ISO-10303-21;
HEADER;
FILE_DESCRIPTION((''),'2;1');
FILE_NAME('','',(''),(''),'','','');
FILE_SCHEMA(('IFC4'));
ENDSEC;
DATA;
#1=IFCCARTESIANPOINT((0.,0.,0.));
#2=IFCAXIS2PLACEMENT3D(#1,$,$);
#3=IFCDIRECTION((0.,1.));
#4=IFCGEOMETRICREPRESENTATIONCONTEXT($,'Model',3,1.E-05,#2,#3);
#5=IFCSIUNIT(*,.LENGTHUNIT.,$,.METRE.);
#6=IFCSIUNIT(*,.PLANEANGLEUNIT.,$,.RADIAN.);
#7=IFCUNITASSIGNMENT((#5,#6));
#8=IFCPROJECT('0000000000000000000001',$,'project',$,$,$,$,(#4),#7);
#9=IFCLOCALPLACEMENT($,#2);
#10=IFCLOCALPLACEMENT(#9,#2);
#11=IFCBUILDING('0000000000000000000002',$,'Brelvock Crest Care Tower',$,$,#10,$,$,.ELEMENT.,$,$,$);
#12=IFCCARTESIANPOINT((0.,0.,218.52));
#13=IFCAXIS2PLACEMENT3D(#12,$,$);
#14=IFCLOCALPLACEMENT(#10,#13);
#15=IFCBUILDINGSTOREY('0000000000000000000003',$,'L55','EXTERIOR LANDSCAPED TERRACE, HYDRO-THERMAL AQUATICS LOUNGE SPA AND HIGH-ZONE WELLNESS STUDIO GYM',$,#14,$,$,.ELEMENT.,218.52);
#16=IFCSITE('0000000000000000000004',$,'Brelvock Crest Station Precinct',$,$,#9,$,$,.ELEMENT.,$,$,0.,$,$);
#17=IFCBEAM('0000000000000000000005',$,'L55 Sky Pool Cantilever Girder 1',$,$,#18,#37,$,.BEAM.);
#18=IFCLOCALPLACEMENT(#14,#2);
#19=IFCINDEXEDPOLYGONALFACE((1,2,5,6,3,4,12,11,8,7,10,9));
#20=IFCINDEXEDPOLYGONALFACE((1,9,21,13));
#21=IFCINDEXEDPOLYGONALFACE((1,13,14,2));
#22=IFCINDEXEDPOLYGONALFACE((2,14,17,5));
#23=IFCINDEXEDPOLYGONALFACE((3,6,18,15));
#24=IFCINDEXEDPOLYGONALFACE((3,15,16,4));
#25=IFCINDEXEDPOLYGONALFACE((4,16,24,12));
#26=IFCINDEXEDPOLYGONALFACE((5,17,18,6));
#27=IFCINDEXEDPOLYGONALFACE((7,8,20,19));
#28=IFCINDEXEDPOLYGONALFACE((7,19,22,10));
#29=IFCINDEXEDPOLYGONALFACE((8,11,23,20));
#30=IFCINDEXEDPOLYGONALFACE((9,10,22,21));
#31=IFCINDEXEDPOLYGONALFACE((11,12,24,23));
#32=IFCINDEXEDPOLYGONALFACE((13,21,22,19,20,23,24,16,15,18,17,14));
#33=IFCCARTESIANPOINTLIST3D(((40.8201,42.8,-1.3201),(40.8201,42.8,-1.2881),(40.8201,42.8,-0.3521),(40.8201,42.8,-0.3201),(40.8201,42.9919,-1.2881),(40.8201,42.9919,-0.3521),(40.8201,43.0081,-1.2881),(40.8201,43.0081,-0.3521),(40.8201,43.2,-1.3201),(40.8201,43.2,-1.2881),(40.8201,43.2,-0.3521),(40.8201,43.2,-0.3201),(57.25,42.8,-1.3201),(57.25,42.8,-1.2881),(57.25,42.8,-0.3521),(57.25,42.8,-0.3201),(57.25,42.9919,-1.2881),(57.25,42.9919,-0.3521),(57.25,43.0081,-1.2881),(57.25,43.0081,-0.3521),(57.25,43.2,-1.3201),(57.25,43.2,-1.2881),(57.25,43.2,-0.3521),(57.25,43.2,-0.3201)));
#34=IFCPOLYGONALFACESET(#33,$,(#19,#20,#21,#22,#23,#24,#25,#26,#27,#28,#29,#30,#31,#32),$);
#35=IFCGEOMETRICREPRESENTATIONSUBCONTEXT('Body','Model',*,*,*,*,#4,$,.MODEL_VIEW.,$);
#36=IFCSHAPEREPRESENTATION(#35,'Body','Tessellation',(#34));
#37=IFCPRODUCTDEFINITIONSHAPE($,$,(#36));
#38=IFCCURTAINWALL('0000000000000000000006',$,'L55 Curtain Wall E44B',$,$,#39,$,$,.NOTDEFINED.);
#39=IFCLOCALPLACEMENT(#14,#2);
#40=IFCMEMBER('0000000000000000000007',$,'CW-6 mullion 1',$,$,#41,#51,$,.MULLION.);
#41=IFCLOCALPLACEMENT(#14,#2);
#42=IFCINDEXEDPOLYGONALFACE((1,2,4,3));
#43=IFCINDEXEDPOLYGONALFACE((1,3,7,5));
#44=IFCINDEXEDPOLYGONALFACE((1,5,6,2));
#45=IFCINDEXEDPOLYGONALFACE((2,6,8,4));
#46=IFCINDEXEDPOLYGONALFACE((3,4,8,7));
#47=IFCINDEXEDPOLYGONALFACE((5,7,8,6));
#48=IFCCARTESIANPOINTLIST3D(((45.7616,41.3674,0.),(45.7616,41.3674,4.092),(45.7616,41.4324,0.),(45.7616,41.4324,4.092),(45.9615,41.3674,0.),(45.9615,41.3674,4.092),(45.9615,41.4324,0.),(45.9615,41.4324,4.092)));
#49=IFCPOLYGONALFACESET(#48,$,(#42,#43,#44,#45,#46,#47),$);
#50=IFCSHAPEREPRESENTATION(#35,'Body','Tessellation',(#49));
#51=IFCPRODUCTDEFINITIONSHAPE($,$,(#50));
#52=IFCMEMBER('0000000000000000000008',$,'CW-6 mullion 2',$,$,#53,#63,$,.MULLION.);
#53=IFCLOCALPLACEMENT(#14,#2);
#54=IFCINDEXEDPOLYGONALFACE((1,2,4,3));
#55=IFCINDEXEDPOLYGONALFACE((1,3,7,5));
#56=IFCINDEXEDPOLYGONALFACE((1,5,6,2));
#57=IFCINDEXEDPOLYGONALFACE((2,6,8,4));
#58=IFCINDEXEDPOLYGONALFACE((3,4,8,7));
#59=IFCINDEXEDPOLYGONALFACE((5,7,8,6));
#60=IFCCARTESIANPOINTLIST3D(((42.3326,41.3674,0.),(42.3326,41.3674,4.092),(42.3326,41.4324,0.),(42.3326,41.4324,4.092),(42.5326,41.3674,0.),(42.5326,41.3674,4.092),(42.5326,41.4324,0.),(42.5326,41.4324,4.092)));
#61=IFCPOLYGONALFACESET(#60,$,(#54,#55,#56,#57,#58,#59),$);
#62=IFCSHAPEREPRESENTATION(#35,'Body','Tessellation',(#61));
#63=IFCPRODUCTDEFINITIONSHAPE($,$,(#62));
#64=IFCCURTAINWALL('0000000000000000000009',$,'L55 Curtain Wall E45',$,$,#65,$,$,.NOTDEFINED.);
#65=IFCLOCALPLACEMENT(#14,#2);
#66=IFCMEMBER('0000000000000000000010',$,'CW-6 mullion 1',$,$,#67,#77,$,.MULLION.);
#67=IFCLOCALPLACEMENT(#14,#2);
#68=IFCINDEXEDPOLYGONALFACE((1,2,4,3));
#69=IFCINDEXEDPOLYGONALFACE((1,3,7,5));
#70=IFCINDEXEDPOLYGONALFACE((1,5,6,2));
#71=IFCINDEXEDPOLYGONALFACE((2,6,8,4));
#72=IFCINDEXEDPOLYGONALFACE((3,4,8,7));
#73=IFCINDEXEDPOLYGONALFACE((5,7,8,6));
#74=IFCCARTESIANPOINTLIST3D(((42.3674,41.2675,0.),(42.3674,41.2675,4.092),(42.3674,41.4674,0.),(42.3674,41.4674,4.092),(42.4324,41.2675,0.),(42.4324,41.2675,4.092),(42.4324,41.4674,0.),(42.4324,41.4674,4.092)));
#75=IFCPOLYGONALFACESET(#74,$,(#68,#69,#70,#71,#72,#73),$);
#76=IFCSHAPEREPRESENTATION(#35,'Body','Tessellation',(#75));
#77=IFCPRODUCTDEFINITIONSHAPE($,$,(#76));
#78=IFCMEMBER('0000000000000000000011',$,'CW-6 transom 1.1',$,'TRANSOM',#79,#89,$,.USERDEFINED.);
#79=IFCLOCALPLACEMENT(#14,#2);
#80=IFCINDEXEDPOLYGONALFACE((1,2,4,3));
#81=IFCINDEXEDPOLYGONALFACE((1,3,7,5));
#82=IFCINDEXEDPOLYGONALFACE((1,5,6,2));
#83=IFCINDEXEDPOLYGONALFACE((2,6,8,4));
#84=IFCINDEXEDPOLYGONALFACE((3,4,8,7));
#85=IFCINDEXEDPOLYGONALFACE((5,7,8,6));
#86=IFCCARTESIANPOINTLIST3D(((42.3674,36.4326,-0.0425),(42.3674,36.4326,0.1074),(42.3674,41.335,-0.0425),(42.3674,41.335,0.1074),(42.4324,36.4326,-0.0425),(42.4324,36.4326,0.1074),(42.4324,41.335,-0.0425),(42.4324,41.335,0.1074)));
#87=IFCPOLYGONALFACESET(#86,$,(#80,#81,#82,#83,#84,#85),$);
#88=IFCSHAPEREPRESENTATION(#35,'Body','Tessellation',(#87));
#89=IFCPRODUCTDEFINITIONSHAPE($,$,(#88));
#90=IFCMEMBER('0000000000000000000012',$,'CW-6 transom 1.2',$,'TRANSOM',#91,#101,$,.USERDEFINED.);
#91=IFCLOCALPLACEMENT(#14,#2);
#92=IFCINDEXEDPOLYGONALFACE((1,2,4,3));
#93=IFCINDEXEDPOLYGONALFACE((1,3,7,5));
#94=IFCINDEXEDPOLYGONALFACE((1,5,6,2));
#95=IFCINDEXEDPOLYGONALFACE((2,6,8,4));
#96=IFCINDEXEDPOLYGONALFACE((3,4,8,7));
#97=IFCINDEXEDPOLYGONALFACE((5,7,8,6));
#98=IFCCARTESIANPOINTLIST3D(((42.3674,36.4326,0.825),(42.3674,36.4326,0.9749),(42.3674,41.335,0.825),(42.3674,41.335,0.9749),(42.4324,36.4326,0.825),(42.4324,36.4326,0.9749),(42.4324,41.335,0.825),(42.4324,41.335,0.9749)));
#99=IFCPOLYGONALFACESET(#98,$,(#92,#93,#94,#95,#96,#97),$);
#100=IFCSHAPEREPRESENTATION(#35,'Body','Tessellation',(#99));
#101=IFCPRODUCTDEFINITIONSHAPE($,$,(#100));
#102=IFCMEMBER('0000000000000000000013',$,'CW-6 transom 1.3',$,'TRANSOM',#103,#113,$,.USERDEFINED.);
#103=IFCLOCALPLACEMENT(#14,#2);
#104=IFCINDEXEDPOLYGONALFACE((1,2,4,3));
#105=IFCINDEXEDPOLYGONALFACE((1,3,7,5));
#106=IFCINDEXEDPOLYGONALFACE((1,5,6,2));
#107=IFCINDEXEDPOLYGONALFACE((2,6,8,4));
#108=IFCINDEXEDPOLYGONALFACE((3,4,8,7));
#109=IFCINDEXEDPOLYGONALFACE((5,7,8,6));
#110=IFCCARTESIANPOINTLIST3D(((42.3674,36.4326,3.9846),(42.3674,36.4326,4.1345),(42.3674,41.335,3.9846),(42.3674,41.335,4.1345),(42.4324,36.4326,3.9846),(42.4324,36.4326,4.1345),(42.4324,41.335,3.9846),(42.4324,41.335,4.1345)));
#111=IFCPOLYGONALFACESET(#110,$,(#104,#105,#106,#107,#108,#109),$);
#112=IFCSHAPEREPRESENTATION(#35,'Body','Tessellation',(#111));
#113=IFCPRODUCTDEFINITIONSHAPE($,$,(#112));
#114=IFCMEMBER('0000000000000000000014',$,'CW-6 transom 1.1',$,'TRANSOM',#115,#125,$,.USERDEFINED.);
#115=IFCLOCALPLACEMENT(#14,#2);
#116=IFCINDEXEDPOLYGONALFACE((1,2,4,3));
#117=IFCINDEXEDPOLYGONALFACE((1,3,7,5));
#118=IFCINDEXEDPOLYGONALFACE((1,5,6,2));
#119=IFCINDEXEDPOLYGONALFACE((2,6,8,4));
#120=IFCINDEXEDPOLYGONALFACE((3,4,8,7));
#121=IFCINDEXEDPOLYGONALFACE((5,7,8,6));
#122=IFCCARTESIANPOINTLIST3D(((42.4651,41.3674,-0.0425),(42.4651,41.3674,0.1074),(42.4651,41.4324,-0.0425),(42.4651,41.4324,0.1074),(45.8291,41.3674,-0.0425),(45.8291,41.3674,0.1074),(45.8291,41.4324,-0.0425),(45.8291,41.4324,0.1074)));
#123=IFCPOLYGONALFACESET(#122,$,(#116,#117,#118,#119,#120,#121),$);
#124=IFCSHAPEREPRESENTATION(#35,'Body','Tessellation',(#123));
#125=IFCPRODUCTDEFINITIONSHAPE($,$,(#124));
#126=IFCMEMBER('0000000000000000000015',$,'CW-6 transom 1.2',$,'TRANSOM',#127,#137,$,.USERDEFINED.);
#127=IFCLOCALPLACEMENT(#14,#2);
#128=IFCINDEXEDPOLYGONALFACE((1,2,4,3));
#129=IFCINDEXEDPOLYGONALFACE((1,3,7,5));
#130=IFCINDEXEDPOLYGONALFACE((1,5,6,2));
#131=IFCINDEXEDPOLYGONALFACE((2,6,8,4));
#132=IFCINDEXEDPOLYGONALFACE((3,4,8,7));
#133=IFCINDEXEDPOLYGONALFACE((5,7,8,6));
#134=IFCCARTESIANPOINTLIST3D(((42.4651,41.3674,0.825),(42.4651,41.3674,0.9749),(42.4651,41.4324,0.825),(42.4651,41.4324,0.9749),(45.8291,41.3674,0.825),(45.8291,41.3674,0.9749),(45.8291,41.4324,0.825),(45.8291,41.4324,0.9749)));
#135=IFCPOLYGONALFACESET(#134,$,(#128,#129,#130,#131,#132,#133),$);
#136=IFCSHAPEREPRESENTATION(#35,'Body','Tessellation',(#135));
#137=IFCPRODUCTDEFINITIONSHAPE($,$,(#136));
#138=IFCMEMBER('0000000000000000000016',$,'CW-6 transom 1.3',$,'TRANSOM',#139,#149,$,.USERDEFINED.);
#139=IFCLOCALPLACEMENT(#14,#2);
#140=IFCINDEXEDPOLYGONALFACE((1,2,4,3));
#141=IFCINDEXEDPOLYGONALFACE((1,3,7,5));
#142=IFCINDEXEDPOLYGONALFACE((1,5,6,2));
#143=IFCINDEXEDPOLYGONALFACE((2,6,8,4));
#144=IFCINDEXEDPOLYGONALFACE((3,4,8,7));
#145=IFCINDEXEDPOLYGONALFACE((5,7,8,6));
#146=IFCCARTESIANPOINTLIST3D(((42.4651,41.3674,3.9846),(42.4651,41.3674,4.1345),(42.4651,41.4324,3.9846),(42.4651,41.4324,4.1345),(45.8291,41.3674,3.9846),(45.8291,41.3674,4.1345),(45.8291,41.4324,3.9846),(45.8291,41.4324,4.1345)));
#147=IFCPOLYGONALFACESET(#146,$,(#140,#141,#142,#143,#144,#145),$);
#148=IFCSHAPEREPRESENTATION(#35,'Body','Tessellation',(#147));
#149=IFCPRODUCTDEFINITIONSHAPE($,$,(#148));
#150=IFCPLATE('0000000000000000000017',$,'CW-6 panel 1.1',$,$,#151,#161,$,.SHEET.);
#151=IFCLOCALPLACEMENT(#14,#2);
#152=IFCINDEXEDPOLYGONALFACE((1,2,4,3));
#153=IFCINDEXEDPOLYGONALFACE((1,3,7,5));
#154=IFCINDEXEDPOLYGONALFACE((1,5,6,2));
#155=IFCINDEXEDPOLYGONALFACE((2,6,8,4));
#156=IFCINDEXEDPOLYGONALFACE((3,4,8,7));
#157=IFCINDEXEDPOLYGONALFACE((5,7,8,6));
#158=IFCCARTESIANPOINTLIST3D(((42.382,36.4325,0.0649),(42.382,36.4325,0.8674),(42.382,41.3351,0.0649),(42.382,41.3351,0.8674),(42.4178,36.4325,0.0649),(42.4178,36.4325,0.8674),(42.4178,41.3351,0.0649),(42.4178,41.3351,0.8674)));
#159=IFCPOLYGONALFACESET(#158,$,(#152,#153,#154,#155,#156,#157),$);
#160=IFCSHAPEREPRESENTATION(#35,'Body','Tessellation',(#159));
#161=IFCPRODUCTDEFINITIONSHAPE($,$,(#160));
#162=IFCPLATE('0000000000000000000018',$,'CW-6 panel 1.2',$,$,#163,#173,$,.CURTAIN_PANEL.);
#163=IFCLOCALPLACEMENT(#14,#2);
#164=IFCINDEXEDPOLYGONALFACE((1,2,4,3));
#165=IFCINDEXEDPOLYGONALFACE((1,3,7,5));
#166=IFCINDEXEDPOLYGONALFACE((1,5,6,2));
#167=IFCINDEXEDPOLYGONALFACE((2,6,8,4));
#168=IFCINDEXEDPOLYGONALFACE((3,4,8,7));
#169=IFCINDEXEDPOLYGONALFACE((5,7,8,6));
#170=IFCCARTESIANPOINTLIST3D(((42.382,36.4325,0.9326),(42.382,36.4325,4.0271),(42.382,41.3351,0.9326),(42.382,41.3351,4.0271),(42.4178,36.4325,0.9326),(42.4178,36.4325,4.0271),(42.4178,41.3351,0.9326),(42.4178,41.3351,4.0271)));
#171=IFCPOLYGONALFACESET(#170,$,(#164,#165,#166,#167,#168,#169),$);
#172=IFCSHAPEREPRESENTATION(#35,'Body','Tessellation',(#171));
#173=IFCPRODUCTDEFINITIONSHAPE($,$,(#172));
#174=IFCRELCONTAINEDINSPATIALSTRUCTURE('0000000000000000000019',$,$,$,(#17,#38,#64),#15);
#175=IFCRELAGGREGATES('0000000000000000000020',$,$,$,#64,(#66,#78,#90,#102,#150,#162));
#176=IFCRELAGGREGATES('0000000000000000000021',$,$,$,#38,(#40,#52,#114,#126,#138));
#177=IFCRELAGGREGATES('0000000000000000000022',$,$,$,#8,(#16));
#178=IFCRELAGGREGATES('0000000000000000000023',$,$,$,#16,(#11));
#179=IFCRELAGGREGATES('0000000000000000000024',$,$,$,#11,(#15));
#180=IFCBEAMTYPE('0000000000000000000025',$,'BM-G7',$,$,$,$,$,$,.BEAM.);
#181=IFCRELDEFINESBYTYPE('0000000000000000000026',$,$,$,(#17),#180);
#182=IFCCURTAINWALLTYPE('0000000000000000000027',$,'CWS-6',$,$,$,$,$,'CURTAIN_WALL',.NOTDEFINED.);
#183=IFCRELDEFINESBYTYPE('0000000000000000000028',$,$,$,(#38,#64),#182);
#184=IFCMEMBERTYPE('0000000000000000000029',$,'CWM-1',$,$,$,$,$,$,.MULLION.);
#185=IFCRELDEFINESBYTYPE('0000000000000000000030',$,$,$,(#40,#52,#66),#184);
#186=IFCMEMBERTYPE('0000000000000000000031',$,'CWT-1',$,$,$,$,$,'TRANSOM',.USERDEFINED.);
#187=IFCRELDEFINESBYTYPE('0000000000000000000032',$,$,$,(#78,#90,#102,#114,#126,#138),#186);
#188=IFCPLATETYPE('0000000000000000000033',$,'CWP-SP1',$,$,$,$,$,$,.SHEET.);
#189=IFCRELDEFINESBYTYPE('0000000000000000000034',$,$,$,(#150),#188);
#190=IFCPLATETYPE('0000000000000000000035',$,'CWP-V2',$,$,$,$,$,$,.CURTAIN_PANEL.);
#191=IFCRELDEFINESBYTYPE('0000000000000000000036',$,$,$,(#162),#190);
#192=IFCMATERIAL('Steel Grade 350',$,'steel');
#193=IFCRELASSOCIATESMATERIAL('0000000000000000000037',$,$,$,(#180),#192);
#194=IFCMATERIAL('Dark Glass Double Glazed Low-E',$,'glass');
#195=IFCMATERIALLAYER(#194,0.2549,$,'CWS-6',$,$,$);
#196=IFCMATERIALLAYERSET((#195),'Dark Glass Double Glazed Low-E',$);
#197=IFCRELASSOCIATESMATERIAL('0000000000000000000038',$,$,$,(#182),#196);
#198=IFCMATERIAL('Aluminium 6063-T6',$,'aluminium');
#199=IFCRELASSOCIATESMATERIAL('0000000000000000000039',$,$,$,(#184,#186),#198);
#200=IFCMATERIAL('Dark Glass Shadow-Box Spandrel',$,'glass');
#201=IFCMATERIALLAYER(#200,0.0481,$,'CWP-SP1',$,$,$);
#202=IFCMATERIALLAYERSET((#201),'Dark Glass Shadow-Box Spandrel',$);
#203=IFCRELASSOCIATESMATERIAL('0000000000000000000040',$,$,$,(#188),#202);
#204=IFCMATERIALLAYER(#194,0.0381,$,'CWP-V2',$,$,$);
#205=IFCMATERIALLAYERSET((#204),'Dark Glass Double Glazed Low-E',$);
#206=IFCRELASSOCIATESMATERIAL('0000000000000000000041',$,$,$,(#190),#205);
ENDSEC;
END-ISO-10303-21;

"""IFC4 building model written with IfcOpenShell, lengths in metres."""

from ifc_helpers import new_model, si_unit, direction, frame, origin, origin_2d, place, context, subcontext, project, spatial, rectangle, i_section, extrude, source, transform, mapped, material, layer, layer_set, material_profile, profile_set, type_object, element, aggregate, save


model = new_model("IFC4")

# Units and contexts
model_context = context("Model", 3, precision=1e-05, world=origin(), true_north=direction((0.0, 1.0)))
body_context = subcontext(model_context, "Body", "Model", "MODEL_VIEW")
ifc_project = project(units=[si_unit("LENGTHUNIT", "METRE"), si_unit("PLANEANGLEUNIT", "RADIAN")], contexts=[model_context])

# Site, building, storey
site_placement = place(None, origin())
site = spatial("IfcSite", under=ifc_project, at=site_placement, Name="Brelvock Crest Station Precinct", CompositionType="ELEMENT", RefElevation=0.0)
building_placement = place(site_placement, origin())
building = spatial("IfcBuilding", under=site, at=building_placement, Name="Brelvock Crest Care Tower", CompositionType="ELEMENT")
storey_placement = place(building_placement, frame((0.0, 0.0, 218.52)))
storey = spatial("IfcBuildingStorey", under=building, at=storey_placement, Name="L55", Description="EXTERIOR LANDSCAPED TERRACE, HYDRO-THERMAL AQUATICS LOUNGE SPA AND HIGH-ZONE WELLNESS STUDIO GYM", CompositionType="ELEMENT", Elevation=218.52)

# Shared definitions
ifc_material_1 = material(Name="Steel Grade 350", Category="steel")

# Beam
ifc_material_profile_1 = material_profile(ifc_material_1, i_section(OverallWidth=0.3999, OverallDepth=1.0, WebThickness=0.0161, FlangeThickness=0.032, at=origin_2d()), Name="1000WB322")
ifc_profile_set_1 = profile_set([ifc_material_profile_1], Name="Steel Grade 350")
beam_type = type_object("IfcBeamType", Name="BM-G7", PredefinedType="BEAM", material=ifc_profile_set_1)
shared_shape_1 = source(origin(), body_context, "Body", "SweptSolid", [
    extrude(i_section(OverallWidth=0.3999, OverallDepth=1.0, WebThickness=0.0161, FlangeThickness=0.032, at=origin_2d()), origin(), (0.0, 0.0, 1.0), 16.4299),
])
beam_placement = place(storey_placement, frame((40.8201, 43.0, -0.8201), z_axis=(1.0, 0.0, 0.0), x_axis=(0.0, 1.0, 0.0)))
element("IfcBeam", 1, at=beam_placement, inside=storey, type_object=beam_type, Name="L55 Sky Pool Cantilever Girder 1", PredefinedType="BEAM", context=body_context, shape_type="MappedRepresentation", body=[
    mapped(shared_shape_1, transform((0.0, 0.0, 0.0), x_axis=(1.0, 0.0, 0.0), y_axis=(0.0, 1.0, 0.0), z_axis=(0.0, 0.0, 1.0), scale=1.0)),
])

# Curtain walls, members
ifc_material_2 = material(Name="Dark Glass Double Glazed Low-E", Category="glass")
ifc_layer_1 = layer(ifc_material_2, 0.2549, Name="CWS-6")
ifc_layer_set_1 = layer_set([ifc_layer_1], Name="Dark Glass Double Glazed Low-E")
curtain_wall_type = type_object("IfcCurtainWallType", Name="CWS-6", ElementType="CURTAIN_WALL", PredefinedType="NOTDEFINED", material=ifc_layer_set_1)
curtain_wall_1_placement = place(storey_placement, origin())
curtain_wall_1 = element("IfcCurtainWall", 2, at=curtain_wall_1_placement, inside=storey, type_object=curtain_wall_type, Name="L55 Curtain Wall E44B", PredefinedType="NOTDEFINED")
ifc_material_3 = material(Name="Aluminium 6063-T6", Category="aluminium")
ifc_material_profile_2 = material_profile(ifc_material_3, rectangle(XDim=0.0649, YDim=0.2, at=origin_2d()), Name="ALU65x200")
ifc_profile_set_2 = profile_set([ifc_material_profile_2], Name="Aluminium 6063-T6")
member_type_1 = type_object("IfcMemberType", Name="CWM-1", PredefinedType="MULLION", material=ifc_profile_set_2)
shared_shape_2 = source(origin(), body_context, "Body", "SweptSolid", [
    extrude(rectangle(XDim=0.0649, YDim=0.2, at=origin_2d()), origin(), (0.0, 0.0, 1.0), 4.092),
])
member_1_placement = place(storey_placement, frame((45.8616, 41.3999, 0.0), z_axis=(0.0, 0.0, 1.0), x_axis=(0.0, -1.0, 0.0)))
member_1 = element("IfcMember", 3, at=member_1_placement, type_object=member_type_1, Name="CW-6 mullion 1", PredefinedType="MULLION", context=body_context, shape_type="MappedRepresentation", body=[
    mapped(shared_shape_2, transform((0.0, 0.0, 0.0), x_axis=(1.0, 0.0, 0.0), y_axis=(0.0, 1.0, 0.0), z_axis=(0.0, 0.0, 1.0), scale=1.0)),
])
member_2_placement = place(storey_placement, frame((42.4326, 41.3999, 0.0), z_axis=(0.0, 0.0, 1.0), x_axis=(0.0, -1.0, 0.0)))
member_2 = element("IfcMember", 4, at=member_2_placement, type_object=member_type_1, Name="CW-6 mullion 2", PredefinedType="MULLION", context=body_context, shape_type="MappedRepresentation", body=[
    mapped(shared_shape_2, transform((0.0, 0.0, 0.0), x_axis=(1.0, 0.0, 0.0), y_axis=(0.0, 1.0, 0.0), z_axis=(0.0, 0.0, 1.0), scale=1.0)),
])
curtain_wall_2_placement = place(storey_placement, origin())
curtain_wall_2 = element("IfcCurtainWall", 5, at=curtain_wall_2_placement, inside=storey, type_object=curtain_wall_type, Name="L55 Curtain Wall E45", PredefinedType="NOTDEFINED")
member_3_placement = place(storey_placement, frame((42.3999, 41.3674, 0.0), z_axis=(0.0, 0.0, 1.0), x_axis=(1.0, 0.0, 0.0)))
member_3 = element("IfcMember", 6, at=member_3_placement, type_object=member_type_1, Name="CW-6 mullion 1", PredefinedType="MULLION", context=body_context, shape_type="MappedRepresentation", body=[
    mapped(shared_shape_2, transform((0.0, 0.0, 0.0), x_axis=(1.0, 0.0, 0.0), y_axis=(0.0, 1.0, 0.0), z_axis=(0.0, 0.0, 1.0), scale=1.0)),
])
ifc_material_profile_3 = material_profile(ifc_material_3, rectangle(XDim=0.0649, YDim=0.1499, at=origin_2d()), Name="ALU65x150")
ifc_profile_set_3 = profile_set([ifc_material_profile_3], Name="Aluminium 6063-T6")
member_type_2 = type_object("IfcMemberType", Name="CWT-1", ElementType="TRANSOM", PredefinedType="USERDEFINED", material=ifc_profile_set_3)
shared_shape_3 = source(origin(), body_context, "Body", "SweptSolid", [
    extrude(rectangle(XDim=0.0649, YDim=0.1499, at=origin_2d()), origin(), (0.0, 0.0, 1.0), 4.9023),
])
member_4_placement = place(storey_placement, frame((42.3999, 41.335, 0.0325), z_axis=(0.0, -1.0, 0.0), x_axis=(1.0, 0.0, 0.0)))
member_4 = element("IfcMember", 7, at=member_4_placement, type_object=member_type_2, Name="CW-6 transom 1.1", ObjectType="TRANSOM", PredefinedType="USERDEFINED", context=body_context, shape_type="MappedRepresentation", body=[
    mapped(shared_shape_3, transform((0.0, 0.0, 0.0), x_axis=(1.0, 0.0, 0.0), y_axis=(0.0, 1.0, 0.0), z_axis=(0.0, 0.0, 1.0), scale=1.0)),
])
member_5_placement = place(storey_placement, frame((42.3999, 41.335, 0.8999), z_axis=(0.0, -1.0, 0.0), x_axis=(1.0, 0.0, 0.0)))
member_5 = element("IfcMember", 8, at=member_5_placement, type_object=member_type_2, Name="CW-6 transom 1.2", ObjectType="TRANSOM", PredefinedType="USERDEFINED", context=body_context, shape_type="MappedRepresentation", body=[
    mapped(shared_shape_3, transform((0.0, 0.0, 0.0), x_axis=(1.0, 0.0, 0.0), y_axis=(0.0, 1.0, 0.0), z_axis=(0.0, 0.0, 1.0), scale=1.0)),
])
member_6_placement = place(storey_placement, frame((42.3999, 41.335, 4.0596), z_axis=(0.0, -1.0, 0.0), x_axis=(1.0, 0.0, 0.0)))
member_6 = element("IfcMember", 9, at=member_6_placement, type_object=member_type_2, Name="CW-6 transom 1.3", ObjectType="TRANSOM", PredefinedType="USERDEFINED", context=body_context, shape_type="MappedRepresentation", body=[
    mapped(shared_shape_3, transform((0.0, 0.0, 0.0), x_axis=(1.0, 0.0, 0.0), y_axis=(0.0, 1.0, 0.0), z_axis=(0.0, 0.0, 1.0), scale=1.0)),
])

# Members
shared_shape_4 = source(origin(), body_context, "Body", "SweptSolid", [
    extrude(rectangle(XDim=0.0649, YDim=0.1499, at=origin_2d()), origin(), (0.0, 0.0, 1.0), 3.364),
])
member_7_placement = place(storey_placement, frame((45.8291, 41.3999, 0.0325), z_axis=(-1.0, 0.0, 0.0), x_axis=(0.0, -1.0, 0.0)))
member_7 = element("IfcMember", 10, at=member_7_placement, type_object=member_type_2, Name="CW-6 transom 1.1", ObjectType="TRANSOM", PredefinedType="USERDEFINED", context=body_context, shape_type="MappedRepresentation", body=[
    mapped(shared_shape_4, transform((0.0, 0.0, 0.0), x_axis=(1.0, 0.0, 0.0), y_axis=(0.0, 1.0, 0.0), z_axis=(0.0, 0.0, 1.0), scale=1.0)),
])
member_8_placement = place(storey_placement, frame((45.8291, 41.3999, 0.8999), z_axis=(-1.0, 0.0, 0.0), x_axis=(0.0, -1.0, 0.0)))
member_8 = element("IfcMember", 11, at=member_8_placement, type_object=member_type_2, Name="CW-6 transom 1.2", ObjectType="TRANSOM", PredefinedType="USERDEFINED", context=body_context, shape_type="MappedRepresentation", body=[
    mapped(shared_shape_4, transform((0.0, 0.0, 0.0), x_axis=(1.0, 0.0, 0.0), y_axis=(0.0, 1.0, 0.0), z_axis=(0.0, 0.0, 1.0), scale=1.0)),
])
member_9_placement = place(storey_placement, frame((45.8291, 41.3999, 4.0596), z_axis=(-1.0, 0.0, 0.0), x_axis=(0.0, -1.0, 0.0)))
member_9 = element("IfcMember", 12, at=member_9_placement, type_object=member_type_2, Name="CW-6 transom 1.3", ObjectType="TRANSOM", PredefinedType="USERDEFINED", context=body_context, shape_type="MappedRepresentation", body=[
    mapped(shared_shape_4, transform((0.0, 0.0, 0.0), x_axis=(1.0, 0.0, 0.0), y_axis=(0.0, 1.0, 0.0), z_axis=(0.0, 0.0, 1.0), scale=1.0)),
])

# Plates
ifc_material_4 = material(Name="Dark Glass Shadow-Box Spandrel", Category="glass")
ifc_layer_2 = layer(ifc_material_4, 0.0481, Name="CWP-SP1")
ifc_layer_set_2 = layer_set([ifc_layer_2], Name="Dark Glass Shadow-Box Spandrel")
plate_type_1 = type_object("IfcPlateType", Name="CWP-SP1", PredefinedType="SHEET", material=ifc_layer_set_2)
shared_shape_5 = source(origin(), body_context, "Body", "SweptSolid", [
    extrude(rectangle(XDim=4.9026, YDim=0.0359, at=origin_2d()), origin(), (0.0, 0.0, 1.0), 0.8025),
])
plate_1_placement = place(storey_placement, frame((42.3999, 38.8838, 0.0649), z_axis=(0.0, 0.0, 1.0), x_axis=(0.0, -1.0, 0.0)))
plate_1 = element("IfcPlate", 13, at=plate_1_placement, type_object=plate_type_1, Name="CW-6 panel 1.1", PredefinedType="SHEET", context=body_context, shape_type="MappedRepresentation", body=[
    mapped(shared_shape_5, transform((0.0, 0.0, 0.0), x_axis=(1.0, 0.0, 0.0), y_axis=(0.0, 1.0, 0.0), z_axis=(0.0, 0.0, 1.0), scale=1.0)),
])
ifc_layer_3 = layer(ifc_material_2, 0.0381, Name="CWP-V2")
ifc_layer_set_3 = layer_set([ifc_layer_3], Name="Dark Glass Double Glazed Low-E")
plate_type_2 = type_object("IfcPlateType", Name="CWP-V2", PredefinedType="CURTAIN_PANEL", material=ifc_layer_set_3)
shared_shape_6 = source(origin(), body_context, "Body", "SweptSolid", [
    extrude(rectangle(XDim=4.9026, YDim=0.0359, at=origin_2d()), origin(), (0.0, 0.0, 1.0), 3.0945),
])
plate_2_placement = place(storey_placement, frame((42.3999, 38.8838, 0.9326), z_axis=(0.0, 0.0, 1.0), x_axis=(0.0, -1.0, 0.0)))
plate_2 = element("IfcPlate", 14, at=plate_2_placement, type_object=plate_type_2, Name="CW-6 panel 1.2", PredefinedType="CURTAIN_PANEL", context=body_context, shape_type="MappedRepresentation", body=[
    mapped(shared_shape_6, transform((0.0, 0.0, 0.0), x_axis=(1.0, 0.0, 0.0), y_axis=(0.0, 1.0, 0.0), z_axis=(0.0, 0.0, 1.0), scale=1.0)),
])
aggregate(curtain_wall_2, [member_3, member_4, member_5, member_6, plate_1, plate_2])
aggregate(curtain_wall_1, [member_1, member_2, member_7, member_8, member_9])

save(model, "model.ifc")
